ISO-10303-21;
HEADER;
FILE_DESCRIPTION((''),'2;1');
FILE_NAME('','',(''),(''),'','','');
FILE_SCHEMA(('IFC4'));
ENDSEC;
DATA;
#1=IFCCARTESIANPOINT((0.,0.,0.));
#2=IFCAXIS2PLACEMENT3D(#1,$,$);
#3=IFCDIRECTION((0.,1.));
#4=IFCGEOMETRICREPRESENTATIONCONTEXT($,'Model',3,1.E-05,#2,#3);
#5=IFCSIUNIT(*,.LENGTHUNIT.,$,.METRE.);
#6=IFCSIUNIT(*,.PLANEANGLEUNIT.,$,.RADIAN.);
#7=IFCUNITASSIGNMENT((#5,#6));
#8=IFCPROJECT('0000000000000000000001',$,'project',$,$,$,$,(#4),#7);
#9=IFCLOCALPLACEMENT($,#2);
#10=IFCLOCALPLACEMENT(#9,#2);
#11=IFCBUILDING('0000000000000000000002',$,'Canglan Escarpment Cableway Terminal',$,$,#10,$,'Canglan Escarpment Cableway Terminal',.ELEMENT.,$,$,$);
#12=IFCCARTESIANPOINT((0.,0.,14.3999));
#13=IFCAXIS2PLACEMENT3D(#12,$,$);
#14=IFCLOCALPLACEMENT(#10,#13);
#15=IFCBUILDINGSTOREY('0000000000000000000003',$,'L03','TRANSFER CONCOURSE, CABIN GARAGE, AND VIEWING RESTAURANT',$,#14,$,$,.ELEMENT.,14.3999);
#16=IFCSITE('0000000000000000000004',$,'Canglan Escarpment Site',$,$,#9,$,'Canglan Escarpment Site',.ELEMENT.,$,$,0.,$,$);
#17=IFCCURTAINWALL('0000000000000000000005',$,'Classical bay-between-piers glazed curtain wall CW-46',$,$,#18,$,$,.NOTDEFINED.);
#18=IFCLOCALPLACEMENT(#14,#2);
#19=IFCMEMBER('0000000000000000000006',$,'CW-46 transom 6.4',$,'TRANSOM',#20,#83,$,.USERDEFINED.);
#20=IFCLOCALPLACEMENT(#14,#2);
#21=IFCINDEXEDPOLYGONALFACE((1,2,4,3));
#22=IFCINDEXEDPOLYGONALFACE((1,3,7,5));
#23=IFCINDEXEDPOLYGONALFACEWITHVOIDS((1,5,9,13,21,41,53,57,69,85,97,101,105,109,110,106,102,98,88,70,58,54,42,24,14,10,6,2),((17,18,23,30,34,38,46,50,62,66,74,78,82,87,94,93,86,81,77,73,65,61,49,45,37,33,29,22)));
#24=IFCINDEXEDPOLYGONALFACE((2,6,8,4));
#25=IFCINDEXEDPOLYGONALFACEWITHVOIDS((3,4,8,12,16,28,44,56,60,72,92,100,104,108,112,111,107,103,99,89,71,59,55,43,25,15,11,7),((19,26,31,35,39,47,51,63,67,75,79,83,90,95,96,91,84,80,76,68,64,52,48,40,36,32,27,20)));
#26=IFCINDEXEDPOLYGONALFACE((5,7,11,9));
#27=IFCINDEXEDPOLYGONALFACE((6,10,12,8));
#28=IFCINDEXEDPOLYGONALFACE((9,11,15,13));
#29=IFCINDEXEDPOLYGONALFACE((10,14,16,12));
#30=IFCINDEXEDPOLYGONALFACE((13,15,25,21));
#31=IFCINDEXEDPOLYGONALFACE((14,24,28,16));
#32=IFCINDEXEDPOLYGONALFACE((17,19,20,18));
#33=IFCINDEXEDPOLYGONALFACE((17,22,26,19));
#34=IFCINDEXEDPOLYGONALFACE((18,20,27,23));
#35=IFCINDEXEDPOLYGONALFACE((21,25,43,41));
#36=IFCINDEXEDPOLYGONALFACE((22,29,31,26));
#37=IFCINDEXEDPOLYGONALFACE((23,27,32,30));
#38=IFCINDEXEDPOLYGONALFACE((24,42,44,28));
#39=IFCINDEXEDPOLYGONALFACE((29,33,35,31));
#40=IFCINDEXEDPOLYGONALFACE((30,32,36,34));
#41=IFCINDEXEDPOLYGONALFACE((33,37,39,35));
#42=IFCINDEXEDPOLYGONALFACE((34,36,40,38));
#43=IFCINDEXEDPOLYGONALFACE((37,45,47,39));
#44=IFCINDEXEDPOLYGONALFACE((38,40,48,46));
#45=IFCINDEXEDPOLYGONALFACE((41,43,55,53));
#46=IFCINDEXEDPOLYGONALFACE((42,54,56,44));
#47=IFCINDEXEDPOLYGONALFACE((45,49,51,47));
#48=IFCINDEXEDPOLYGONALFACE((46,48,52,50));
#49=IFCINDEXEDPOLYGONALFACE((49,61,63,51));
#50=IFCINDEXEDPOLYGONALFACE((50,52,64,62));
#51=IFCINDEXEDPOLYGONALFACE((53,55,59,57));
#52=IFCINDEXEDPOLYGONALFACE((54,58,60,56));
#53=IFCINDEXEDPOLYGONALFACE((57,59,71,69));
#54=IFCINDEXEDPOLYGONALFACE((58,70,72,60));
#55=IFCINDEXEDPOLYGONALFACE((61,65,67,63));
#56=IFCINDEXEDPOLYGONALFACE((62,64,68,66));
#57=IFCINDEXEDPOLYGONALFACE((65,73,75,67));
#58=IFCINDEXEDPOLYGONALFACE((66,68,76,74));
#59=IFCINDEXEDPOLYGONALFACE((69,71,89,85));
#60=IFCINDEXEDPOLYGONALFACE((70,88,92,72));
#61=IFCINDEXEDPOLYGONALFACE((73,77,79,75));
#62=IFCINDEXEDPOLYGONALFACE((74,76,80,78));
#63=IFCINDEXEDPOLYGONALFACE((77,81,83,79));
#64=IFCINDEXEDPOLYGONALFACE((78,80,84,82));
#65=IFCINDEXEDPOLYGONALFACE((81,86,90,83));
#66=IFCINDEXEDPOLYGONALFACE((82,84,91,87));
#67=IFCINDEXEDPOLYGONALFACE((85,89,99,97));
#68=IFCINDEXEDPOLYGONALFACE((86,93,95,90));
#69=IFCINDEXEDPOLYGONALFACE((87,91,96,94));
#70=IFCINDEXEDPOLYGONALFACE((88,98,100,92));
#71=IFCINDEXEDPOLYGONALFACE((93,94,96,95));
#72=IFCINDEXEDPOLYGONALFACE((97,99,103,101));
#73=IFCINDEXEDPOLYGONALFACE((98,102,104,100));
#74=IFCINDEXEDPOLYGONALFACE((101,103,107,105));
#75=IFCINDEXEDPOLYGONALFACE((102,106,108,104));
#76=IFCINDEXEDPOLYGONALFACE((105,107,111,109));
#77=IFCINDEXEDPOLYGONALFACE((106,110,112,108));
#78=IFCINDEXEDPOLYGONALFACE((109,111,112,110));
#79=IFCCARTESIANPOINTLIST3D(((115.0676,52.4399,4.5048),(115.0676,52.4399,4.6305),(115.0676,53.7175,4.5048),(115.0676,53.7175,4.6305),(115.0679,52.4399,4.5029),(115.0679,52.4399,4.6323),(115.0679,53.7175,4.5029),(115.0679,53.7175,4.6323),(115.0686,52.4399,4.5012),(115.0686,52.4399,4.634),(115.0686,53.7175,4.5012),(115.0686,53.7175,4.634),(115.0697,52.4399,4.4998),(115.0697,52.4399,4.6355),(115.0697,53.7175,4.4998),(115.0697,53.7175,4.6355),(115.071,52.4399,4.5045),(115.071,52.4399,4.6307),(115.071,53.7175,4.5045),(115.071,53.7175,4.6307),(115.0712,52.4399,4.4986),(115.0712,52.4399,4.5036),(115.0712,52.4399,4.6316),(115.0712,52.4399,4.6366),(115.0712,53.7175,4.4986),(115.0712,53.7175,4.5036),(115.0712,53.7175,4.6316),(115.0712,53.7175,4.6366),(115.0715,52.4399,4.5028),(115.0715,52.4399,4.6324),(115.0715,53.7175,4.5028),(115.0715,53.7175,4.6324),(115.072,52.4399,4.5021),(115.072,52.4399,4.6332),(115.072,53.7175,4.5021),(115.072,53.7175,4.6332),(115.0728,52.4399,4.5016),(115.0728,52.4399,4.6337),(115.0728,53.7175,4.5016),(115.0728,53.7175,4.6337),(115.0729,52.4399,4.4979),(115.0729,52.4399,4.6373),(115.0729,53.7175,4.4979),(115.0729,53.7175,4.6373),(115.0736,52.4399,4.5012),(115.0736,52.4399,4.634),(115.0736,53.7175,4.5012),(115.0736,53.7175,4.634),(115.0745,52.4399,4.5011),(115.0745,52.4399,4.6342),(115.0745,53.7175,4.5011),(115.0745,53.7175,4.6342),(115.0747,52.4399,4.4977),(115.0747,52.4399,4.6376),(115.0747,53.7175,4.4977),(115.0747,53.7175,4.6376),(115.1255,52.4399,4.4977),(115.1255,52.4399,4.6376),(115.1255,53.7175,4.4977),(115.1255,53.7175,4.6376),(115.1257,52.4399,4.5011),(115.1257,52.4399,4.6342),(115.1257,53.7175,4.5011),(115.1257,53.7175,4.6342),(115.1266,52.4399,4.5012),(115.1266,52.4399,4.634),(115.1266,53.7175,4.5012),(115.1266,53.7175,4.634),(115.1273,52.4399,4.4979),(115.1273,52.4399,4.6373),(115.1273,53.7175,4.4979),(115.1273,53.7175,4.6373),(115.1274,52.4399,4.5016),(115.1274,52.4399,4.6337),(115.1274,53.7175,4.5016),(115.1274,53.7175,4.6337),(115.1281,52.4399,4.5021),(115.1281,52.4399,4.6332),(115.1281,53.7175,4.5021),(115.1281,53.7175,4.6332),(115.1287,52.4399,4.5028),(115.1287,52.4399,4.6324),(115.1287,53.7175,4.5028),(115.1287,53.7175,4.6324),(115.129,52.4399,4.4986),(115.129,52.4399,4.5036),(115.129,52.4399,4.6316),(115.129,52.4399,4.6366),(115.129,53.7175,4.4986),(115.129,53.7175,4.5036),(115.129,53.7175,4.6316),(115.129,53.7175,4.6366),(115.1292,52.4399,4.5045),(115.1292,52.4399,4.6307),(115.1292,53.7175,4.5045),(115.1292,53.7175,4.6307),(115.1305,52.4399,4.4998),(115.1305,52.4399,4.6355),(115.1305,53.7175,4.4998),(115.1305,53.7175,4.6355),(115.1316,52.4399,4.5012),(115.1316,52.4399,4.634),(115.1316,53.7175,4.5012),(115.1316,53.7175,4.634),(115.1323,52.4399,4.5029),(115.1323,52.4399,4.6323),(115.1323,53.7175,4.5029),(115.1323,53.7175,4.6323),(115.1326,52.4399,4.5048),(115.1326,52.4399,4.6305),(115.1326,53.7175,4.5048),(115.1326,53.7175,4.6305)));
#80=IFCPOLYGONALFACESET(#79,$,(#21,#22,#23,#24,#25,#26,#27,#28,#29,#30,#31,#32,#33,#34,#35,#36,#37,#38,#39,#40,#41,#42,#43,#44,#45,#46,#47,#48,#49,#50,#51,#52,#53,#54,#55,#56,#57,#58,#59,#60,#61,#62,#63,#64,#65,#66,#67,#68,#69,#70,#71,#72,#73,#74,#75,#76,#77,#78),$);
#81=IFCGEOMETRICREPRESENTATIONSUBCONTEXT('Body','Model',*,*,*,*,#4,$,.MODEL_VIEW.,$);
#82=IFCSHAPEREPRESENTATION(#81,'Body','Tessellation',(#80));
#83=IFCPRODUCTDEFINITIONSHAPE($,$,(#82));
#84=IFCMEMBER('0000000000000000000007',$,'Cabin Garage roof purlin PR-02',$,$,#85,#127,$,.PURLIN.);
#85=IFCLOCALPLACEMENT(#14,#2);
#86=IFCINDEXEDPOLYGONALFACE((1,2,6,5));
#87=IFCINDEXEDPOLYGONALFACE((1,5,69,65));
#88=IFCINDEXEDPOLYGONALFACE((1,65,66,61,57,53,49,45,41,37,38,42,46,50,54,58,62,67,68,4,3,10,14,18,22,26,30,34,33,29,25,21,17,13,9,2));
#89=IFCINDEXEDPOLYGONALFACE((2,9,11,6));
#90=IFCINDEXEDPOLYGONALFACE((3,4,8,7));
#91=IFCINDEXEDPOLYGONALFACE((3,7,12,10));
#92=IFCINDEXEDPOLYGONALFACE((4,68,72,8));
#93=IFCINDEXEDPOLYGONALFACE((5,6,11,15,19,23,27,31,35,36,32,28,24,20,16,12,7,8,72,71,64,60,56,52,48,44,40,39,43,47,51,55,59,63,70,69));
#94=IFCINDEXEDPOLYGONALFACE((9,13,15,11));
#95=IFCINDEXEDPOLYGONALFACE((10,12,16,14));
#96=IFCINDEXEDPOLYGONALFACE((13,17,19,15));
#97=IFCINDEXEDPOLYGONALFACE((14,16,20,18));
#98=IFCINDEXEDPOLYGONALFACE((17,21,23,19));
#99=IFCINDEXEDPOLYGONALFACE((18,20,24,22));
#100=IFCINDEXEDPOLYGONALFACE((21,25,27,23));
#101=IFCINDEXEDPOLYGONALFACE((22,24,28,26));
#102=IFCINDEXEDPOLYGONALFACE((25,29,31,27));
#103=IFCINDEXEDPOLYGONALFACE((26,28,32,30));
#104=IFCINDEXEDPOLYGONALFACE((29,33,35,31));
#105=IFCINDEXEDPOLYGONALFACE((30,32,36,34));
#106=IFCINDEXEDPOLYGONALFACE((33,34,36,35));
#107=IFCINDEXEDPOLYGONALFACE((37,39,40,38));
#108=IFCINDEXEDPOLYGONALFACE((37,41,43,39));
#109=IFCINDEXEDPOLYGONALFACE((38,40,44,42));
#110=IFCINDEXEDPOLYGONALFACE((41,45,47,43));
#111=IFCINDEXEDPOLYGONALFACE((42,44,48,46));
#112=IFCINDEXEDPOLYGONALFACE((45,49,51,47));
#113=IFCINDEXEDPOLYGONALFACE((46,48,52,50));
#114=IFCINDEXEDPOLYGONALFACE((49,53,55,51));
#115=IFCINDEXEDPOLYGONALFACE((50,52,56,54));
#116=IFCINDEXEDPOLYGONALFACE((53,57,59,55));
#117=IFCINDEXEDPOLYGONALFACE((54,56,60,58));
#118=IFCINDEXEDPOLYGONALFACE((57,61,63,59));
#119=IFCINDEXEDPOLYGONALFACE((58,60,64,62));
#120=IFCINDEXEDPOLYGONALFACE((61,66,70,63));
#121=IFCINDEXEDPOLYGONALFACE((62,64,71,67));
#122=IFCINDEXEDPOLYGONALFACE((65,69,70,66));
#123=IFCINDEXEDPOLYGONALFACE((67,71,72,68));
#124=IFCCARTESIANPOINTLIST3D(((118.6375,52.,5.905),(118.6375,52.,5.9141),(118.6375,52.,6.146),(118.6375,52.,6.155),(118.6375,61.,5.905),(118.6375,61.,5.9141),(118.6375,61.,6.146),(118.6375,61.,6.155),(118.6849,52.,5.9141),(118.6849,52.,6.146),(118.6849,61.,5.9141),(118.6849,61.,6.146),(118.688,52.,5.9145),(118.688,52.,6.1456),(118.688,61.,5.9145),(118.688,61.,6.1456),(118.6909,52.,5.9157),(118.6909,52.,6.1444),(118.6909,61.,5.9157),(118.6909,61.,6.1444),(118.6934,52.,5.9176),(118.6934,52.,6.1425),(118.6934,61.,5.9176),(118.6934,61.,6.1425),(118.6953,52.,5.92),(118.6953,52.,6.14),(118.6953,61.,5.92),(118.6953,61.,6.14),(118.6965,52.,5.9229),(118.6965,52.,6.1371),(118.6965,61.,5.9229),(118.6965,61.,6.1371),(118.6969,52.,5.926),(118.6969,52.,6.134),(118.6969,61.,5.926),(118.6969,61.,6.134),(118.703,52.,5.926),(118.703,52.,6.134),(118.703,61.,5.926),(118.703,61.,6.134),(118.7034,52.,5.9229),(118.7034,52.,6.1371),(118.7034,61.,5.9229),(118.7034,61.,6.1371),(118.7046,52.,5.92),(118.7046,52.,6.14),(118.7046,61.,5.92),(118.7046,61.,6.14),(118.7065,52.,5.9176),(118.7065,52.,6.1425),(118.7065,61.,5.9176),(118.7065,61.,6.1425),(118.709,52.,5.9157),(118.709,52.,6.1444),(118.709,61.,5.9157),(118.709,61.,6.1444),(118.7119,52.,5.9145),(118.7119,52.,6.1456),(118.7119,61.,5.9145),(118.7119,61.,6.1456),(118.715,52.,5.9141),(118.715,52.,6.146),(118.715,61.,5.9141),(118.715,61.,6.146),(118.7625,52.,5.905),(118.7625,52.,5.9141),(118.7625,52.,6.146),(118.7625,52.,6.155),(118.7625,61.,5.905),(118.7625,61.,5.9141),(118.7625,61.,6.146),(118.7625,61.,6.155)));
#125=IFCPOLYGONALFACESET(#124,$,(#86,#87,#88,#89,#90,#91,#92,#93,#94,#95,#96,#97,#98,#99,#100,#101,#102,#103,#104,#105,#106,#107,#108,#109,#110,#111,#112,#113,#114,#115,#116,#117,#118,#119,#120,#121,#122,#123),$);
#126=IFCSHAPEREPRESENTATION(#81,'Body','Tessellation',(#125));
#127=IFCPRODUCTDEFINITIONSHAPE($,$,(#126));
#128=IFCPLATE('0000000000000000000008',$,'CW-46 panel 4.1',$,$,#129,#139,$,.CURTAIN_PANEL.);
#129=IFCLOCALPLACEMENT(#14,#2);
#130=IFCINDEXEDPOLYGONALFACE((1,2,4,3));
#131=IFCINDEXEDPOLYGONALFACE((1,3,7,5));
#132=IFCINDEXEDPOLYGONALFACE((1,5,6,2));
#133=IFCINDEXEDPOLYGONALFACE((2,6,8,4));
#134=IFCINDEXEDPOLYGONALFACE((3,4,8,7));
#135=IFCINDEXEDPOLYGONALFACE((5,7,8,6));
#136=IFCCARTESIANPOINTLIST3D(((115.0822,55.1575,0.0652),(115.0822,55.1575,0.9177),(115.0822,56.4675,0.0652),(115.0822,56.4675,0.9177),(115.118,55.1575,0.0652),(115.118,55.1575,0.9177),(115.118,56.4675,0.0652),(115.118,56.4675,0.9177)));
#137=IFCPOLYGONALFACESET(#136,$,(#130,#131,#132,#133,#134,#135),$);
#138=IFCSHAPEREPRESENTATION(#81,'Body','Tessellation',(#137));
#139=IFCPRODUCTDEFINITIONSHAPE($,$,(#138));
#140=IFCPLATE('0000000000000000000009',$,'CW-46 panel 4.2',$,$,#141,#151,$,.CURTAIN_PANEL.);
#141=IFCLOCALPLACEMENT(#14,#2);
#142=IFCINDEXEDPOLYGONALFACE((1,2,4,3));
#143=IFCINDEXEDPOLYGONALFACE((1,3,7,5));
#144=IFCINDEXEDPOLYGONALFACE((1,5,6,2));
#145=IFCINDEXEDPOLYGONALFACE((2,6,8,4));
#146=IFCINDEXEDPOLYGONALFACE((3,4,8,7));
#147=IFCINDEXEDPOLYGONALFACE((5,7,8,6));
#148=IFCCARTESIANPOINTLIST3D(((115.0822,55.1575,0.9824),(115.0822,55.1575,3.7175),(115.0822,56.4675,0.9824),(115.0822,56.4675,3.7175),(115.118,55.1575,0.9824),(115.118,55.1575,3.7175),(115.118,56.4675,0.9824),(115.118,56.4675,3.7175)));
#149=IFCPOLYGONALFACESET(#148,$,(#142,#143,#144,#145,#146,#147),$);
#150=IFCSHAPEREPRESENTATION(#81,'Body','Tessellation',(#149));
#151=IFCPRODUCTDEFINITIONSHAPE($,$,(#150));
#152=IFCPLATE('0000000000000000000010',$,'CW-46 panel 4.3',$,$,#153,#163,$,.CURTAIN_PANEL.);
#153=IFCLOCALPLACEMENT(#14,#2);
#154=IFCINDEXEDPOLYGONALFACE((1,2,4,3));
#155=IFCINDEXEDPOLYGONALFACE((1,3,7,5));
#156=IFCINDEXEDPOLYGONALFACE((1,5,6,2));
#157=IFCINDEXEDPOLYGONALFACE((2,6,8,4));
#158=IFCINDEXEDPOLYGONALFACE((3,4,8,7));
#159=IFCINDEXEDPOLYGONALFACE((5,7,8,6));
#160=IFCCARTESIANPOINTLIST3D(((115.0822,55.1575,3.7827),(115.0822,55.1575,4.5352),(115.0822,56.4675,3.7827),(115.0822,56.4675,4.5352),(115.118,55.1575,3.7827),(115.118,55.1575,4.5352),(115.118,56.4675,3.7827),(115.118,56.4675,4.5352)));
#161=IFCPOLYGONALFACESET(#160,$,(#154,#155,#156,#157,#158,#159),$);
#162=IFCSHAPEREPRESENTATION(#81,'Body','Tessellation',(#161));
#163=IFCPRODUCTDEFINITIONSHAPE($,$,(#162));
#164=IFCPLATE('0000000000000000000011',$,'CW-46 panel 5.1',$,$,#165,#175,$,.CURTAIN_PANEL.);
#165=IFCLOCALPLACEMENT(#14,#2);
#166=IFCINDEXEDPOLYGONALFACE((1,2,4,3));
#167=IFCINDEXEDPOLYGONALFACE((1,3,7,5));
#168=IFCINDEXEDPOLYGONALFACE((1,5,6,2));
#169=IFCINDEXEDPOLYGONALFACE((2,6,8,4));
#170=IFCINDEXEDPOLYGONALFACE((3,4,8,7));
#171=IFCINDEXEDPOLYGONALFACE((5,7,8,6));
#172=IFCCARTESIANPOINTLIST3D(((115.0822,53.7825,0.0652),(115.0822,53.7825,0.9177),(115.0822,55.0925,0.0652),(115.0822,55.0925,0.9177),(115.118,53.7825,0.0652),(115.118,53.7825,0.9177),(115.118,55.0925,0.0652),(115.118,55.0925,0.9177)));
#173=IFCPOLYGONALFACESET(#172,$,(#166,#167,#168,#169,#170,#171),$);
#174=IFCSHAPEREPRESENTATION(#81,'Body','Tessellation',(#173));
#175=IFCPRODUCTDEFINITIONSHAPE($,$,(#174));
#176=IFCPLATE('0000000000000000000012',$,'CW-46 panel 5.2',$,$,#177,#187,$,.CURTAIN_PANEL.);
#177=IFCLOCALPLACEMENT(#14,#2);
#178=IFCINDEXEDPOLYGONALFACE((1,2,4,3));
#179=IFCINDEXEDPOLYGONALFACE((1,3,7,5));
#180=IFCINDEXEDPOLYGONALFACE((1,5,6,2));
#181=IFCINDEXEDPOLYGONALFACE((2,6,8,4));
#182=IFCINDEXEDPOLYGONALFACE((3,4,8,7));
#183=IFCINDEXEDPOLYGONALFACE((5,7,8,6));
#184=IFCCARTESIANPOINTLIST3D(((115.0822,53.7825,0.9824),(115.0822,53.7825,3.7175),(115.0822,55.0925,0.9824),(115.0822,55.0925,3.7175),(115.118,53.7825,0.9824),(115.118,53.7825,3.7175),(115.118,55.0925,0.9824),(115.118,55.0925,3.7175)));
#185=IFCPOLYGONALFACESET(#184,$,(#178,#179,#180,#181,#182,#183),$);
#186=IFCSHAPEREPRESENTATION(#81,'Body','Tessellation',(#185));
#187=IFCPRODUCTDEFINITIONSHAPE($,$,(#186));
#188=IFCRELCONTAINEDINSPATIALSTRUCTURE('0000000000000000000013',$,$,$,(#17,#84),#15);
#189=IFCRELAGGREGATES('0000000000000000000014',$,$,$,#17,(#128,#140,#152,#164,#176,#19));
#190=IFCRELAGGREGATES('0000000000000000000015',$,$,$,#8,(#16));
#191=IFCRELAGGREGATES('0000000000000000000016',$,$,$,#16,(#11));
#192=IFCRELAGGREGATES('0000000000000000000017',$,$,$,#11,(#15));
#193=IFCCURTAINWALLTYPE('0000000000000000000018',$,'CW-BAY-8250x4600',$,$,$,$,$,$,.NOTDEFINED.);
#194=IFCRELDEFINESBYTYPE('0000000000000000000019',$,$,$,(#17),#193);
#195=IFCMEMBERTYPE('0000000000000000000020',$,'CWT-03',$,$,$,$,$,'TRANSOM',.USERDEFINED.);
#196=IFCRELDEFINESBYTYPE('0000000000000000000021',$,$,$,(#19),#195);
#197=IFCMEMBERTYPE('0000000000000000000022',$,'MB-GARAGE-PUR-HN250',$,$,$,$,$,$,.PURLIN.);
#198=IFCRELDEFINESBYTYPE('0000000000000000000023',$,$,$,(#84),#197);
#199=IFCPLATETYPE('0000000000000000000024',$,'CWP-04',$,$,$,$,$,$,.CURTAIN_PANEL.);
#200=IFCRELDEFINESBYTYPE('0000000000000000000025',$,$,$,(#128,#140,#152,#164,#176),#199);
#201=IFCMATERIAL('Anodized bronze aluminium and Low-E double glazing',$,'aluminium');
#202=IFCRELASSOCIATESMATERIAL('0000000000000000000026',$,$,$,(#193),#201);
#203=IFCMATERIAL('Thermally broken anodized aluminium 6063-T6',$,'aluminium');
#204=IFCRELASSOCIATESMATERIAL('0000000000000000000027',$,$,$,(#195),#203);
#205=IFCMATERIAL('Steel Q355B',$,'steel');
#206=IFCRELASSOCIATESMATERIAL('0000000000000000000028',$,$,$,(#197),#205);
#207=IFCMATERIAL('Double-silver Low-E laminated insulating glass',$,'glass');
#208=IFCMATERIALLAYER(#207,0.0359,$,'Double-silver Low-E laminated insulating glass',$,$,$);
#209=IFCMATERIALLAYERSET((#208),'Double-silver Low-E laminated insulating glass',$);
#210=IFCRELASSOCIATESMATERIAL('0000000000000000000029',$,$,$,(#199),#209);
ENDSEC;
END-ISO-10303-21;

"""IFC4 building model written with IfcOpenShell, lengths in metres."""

from ifc_helpers import new_model, si_unit, direction, frame, origin, origin_2d, place, context, subcontext, project, spatial, rectangle, hollow_rectangle, i_section, extrude, material, layer, layer_set, material_profile, profile_set, type_object, element, aggregate, save


model = new_model("IFC4")

# Units and contexts
model_context = context("Model", 3, precision=1e-05, world=origin(), true_north=direction((0.0, 1.0)))
body_context = subcontext(model_context, "Body", "Model", "MODEL_VIEW")
ifc_project = project(units=[si_unit("LENGTHUNIT", "METRE"), si_unit("PLANEANGLEUNIT", "RADIAN")], contexts=[model_context])

# Site, building, storey
site_placement = place(None, origin())
site = spatial("IfcSite", under=ifc_project, at=site_placement, Name="Canglan Escarpment Site", LongName="Canglan Escarpment Site", CompositionType="ELEMENT", RefElevation=0.0)
building_placement = place(site_placement, origin())
building = spatial("IfcBuilding", under=site, at=building_placement, Name="Canglan Escarpment Cableway Terminal", LongName="Canglan Escarpment Cableway Terminal", CompositionType="ELEMENT")
storey_placement = place(building_placement, frame((0.0, 0.0, 14.3999)))
storey = spatial("IfcBuildingStorey", under=building, at=storey_placement, Name="L03", Description="TRANSFER CONCOURSE, CABIN GARAGE, AND VIEWING RESTAURANT", CompositionType="ELEMENT", Elevation=14.3999)

# Curtain wall, member
ifc_material_1 = material(Name="Anodized bronze aluminium and Low-E double glazing", Category="aluminium")
curtain_wall_type = type_object("IfcCurtainWallType", Name="CW-BAY-8250x4600", PredefinedType="NOTDEFINED", material=ifc_material_1)
curtain_wall_placement = place(storey_placement, origin())
curtain_wall = element("IfcCurtainWall", 1, at=curtain_wall_placement, inside=storey, type_object=curtain_wall_type, Name="Classical bay-between-piers glazed curtain wall CW-46", PredefinedType="NOTDEFINED")
ifc_material_2 = material(Name="Thermally broken anodized aluminium 6063-T6", Category="aluminium")
ifc_material_profile_1 = material_profile(ifc_material_2, hollow_rectangle(XDim=0.0649, YDim=0.1399, WallThickness=0.0034, InnerFilletRadius=0.0034, OuterFilletRadius=0.0071, at=origin_2d()), Name="ALU-TRAN 65x140x3.5")
ifc_profile_set_1 = profile_set([ifc_material_profile_1], Name="Thermally broken anodized aluminium 6063-T6")
member_type_1 = type_object("IfcMemberType", Name="CWT-03", ElementType="TRANSOM", PredefinedType="USERDEFINED", material=ifc_profile_set_1)
member_1_placement = place(storey_placement, frame((115.1001, 53.7175, 4.5676), z_axis=(0.0, -1.0, 0.0), x_axis=(1.0, 0.0, 0.0)))
member_1 = element("IfcMember", 2, at=member_1_placement, type_object=member_type_1, Name="CW-46 transom 6.4", ObjectType="TRANSOM", PredefinedType="USERDEFINED", context=body_context, shape_type="SweptSolid", body=[
    extrude(hollow_rectangle(XDim=0.0649, YDim=0.1399, WallThickness=0.0034, InnerFilletRadius=0.0034, OuterFilletRadius=0.0071, at=origin_2d()), origin(), (0.0, 0.0, 1.0), 1.2776),
])

# Member
ifc_material_3 = material(Name="Steel Q355B", Category="steel")
ifc_material_profile_2 = material_profile(ifc_material_3, i_section(OverallWidth=0.125, OverallDepth=0.25, WebThickness=0.0061, FlangeThickness=0.009, FilletRadius=0.012, at=origin_2d()), Name="HN 250x125x6x9")
ifc_profile_set_2 = profile_set([ifc_material_profile_2], Name="Steel Q355B")
member_type_2 = type_object("IfcMemberType", Name="MB-GARAGE-PUR-HN250", PredefinedType="PURLIN", material=ifc_profile_set_2)
member_2_placement = place(storey_placement, frame((118.7, 52.0, 6.03), z_axis=(0.0, 1.0, 0.0), x_axis=(-1.0, 0.0, 0.0)))
element("IfcMember", 3, at=member_2_placement, inside=storey, type_object=member_type_2, Name="Cabin Garage roof purlin PR-02", PredefinedType="PURLIN", context=body_context, shape_type="SweptSolid", body=[
    extrude(i_section(OverallWidth=0.125, OverallDepth=0.25, WebThickness=0.0061, FlangeThickness=0.009, FilletRadius=0.012, at=origin_2d()), origin(), (0.0, 0.0, 1.0), 9.0),
])

# Plates
ifc_material_4 = material(Name="Double-silver Low-E laminated insulating glass", Category="glass")
ifc_layer_1 = layer(ifc_material_4, 0.0359, Name="Double-silver Low-E laminated insulating glass")
ifc_layer_set_1 = layer_set([ifc_layer_1], Name="Double-silver Low-E laminated insulating glass")
plate_type_1 = type_object("IfcPlateType", Name="CWP-04", PredefinedType="CURTAIN_PANEL", material=ifc_layer_set_1)
plate_1_placement = place(storey_placement, frame((115.1001, 55.8125, 0.0652), z_axis=(0.0, 0.0, 1.0), x_axis=(0.0, -1.0, 0.0)))
plate_1 = element("IfcPlate", 4, at=plate_1_placement, type_object=plate_type_1, Name="CW-46 panel 4.1", PredefinedType="CURTAIN_PANEL", context=body_context, shape_type="SweptSolid", body=[
    extrude(rectangle(XDim=1.3101, YDim=0.0359, at=origin_2d()), origin(), (0.0, 0.0, 1.0), 0.8525),
])
plate_2_placement = place(storey_placement, frame((115.1001, 55.8125, 0.9824), z_axis=(0.0, 0.0, 1.0), x_axis=(0.0, -1.0, 0.0)))
plate_2 = element("IfcPlate", 5, at=plate_2_placement, type_object=plate_type_1, Name="CW-46 panel 4.2", PredefinedType="CURTAIN_PANEL", context=body_context, shape_type="SweptSolid", body=[
    extrude(rectangle(XDim=1.3101, YDim=0.0359, at=origin_2d()), origin(), (0.0, 0.0, 1.0), 2.7351),
])
plate_3_placement = place(storey_placement, frame((115.1001, 55.8125, 3.7827), z_axis=(0.0, 0.0, 1.0), x_axis=(0.0, -1.0, 0.0)))
plate_3 = element("IfcPlate", 6, at=plate_3_placement, type_object=plate_type_1, Name="CW-46 panel 4.3", PredefinedType="CURTAIN_PANEL", context=body_context, shape_type="SweptSolid", body=[
    extrude(rectangle(XDim=1.3101, YDim=0.0359, at=origin_2d()), origin(), (0.0, 0.0, 1.0), 0.7524),
])
plate_4_placement = place(storey_placement, frame((115.1001, 54.4375, 0.0652), z_axis=(0.0, 0.0, 1.0), x_axis=(0.0, -1.0, 0.0)))
plate_4 = element("IfcPlate", 7, at=plate_4_placement, type_object=plate_type_1, Name="CW-46 panel 5.1", PredefinedType="CURTAIN_PANEL", context=body_context, shape_type="SweptSolid", body=[
    extrude(rectangle(XDim=1.3101, YDim=0.0359, at=origin_2d()), origin(), (0.0, 0.0, 1.0), 0.8525),
])
plate_5_placement = place(storey_placement, frame((115.1001, 54.4375, 0.9824), z_axis=(0.0, 0.0, 1.0), x_axis=(0.0, -1.0, 0.0)))
plate_5 = element("IfcPlate", 8, at=plate_5_placement, type_object=plate_type_1, Name="CW-46 panel 5.2", PredefinedType="CURTAIN_PANEL", context=body_context, shape_type="SweptSolid", body=[
    extrude(rectangle(XDim=1.3101, YDim=0.0359, at=origin_2d()), origin(), (0.0, 0.0, 1.0), 2.7351),
])
aggregate(curtain_wall, [plate_1, plate_2, plate_3, plate_4, plate_5, member_1])

save(model, "model.ifc")
